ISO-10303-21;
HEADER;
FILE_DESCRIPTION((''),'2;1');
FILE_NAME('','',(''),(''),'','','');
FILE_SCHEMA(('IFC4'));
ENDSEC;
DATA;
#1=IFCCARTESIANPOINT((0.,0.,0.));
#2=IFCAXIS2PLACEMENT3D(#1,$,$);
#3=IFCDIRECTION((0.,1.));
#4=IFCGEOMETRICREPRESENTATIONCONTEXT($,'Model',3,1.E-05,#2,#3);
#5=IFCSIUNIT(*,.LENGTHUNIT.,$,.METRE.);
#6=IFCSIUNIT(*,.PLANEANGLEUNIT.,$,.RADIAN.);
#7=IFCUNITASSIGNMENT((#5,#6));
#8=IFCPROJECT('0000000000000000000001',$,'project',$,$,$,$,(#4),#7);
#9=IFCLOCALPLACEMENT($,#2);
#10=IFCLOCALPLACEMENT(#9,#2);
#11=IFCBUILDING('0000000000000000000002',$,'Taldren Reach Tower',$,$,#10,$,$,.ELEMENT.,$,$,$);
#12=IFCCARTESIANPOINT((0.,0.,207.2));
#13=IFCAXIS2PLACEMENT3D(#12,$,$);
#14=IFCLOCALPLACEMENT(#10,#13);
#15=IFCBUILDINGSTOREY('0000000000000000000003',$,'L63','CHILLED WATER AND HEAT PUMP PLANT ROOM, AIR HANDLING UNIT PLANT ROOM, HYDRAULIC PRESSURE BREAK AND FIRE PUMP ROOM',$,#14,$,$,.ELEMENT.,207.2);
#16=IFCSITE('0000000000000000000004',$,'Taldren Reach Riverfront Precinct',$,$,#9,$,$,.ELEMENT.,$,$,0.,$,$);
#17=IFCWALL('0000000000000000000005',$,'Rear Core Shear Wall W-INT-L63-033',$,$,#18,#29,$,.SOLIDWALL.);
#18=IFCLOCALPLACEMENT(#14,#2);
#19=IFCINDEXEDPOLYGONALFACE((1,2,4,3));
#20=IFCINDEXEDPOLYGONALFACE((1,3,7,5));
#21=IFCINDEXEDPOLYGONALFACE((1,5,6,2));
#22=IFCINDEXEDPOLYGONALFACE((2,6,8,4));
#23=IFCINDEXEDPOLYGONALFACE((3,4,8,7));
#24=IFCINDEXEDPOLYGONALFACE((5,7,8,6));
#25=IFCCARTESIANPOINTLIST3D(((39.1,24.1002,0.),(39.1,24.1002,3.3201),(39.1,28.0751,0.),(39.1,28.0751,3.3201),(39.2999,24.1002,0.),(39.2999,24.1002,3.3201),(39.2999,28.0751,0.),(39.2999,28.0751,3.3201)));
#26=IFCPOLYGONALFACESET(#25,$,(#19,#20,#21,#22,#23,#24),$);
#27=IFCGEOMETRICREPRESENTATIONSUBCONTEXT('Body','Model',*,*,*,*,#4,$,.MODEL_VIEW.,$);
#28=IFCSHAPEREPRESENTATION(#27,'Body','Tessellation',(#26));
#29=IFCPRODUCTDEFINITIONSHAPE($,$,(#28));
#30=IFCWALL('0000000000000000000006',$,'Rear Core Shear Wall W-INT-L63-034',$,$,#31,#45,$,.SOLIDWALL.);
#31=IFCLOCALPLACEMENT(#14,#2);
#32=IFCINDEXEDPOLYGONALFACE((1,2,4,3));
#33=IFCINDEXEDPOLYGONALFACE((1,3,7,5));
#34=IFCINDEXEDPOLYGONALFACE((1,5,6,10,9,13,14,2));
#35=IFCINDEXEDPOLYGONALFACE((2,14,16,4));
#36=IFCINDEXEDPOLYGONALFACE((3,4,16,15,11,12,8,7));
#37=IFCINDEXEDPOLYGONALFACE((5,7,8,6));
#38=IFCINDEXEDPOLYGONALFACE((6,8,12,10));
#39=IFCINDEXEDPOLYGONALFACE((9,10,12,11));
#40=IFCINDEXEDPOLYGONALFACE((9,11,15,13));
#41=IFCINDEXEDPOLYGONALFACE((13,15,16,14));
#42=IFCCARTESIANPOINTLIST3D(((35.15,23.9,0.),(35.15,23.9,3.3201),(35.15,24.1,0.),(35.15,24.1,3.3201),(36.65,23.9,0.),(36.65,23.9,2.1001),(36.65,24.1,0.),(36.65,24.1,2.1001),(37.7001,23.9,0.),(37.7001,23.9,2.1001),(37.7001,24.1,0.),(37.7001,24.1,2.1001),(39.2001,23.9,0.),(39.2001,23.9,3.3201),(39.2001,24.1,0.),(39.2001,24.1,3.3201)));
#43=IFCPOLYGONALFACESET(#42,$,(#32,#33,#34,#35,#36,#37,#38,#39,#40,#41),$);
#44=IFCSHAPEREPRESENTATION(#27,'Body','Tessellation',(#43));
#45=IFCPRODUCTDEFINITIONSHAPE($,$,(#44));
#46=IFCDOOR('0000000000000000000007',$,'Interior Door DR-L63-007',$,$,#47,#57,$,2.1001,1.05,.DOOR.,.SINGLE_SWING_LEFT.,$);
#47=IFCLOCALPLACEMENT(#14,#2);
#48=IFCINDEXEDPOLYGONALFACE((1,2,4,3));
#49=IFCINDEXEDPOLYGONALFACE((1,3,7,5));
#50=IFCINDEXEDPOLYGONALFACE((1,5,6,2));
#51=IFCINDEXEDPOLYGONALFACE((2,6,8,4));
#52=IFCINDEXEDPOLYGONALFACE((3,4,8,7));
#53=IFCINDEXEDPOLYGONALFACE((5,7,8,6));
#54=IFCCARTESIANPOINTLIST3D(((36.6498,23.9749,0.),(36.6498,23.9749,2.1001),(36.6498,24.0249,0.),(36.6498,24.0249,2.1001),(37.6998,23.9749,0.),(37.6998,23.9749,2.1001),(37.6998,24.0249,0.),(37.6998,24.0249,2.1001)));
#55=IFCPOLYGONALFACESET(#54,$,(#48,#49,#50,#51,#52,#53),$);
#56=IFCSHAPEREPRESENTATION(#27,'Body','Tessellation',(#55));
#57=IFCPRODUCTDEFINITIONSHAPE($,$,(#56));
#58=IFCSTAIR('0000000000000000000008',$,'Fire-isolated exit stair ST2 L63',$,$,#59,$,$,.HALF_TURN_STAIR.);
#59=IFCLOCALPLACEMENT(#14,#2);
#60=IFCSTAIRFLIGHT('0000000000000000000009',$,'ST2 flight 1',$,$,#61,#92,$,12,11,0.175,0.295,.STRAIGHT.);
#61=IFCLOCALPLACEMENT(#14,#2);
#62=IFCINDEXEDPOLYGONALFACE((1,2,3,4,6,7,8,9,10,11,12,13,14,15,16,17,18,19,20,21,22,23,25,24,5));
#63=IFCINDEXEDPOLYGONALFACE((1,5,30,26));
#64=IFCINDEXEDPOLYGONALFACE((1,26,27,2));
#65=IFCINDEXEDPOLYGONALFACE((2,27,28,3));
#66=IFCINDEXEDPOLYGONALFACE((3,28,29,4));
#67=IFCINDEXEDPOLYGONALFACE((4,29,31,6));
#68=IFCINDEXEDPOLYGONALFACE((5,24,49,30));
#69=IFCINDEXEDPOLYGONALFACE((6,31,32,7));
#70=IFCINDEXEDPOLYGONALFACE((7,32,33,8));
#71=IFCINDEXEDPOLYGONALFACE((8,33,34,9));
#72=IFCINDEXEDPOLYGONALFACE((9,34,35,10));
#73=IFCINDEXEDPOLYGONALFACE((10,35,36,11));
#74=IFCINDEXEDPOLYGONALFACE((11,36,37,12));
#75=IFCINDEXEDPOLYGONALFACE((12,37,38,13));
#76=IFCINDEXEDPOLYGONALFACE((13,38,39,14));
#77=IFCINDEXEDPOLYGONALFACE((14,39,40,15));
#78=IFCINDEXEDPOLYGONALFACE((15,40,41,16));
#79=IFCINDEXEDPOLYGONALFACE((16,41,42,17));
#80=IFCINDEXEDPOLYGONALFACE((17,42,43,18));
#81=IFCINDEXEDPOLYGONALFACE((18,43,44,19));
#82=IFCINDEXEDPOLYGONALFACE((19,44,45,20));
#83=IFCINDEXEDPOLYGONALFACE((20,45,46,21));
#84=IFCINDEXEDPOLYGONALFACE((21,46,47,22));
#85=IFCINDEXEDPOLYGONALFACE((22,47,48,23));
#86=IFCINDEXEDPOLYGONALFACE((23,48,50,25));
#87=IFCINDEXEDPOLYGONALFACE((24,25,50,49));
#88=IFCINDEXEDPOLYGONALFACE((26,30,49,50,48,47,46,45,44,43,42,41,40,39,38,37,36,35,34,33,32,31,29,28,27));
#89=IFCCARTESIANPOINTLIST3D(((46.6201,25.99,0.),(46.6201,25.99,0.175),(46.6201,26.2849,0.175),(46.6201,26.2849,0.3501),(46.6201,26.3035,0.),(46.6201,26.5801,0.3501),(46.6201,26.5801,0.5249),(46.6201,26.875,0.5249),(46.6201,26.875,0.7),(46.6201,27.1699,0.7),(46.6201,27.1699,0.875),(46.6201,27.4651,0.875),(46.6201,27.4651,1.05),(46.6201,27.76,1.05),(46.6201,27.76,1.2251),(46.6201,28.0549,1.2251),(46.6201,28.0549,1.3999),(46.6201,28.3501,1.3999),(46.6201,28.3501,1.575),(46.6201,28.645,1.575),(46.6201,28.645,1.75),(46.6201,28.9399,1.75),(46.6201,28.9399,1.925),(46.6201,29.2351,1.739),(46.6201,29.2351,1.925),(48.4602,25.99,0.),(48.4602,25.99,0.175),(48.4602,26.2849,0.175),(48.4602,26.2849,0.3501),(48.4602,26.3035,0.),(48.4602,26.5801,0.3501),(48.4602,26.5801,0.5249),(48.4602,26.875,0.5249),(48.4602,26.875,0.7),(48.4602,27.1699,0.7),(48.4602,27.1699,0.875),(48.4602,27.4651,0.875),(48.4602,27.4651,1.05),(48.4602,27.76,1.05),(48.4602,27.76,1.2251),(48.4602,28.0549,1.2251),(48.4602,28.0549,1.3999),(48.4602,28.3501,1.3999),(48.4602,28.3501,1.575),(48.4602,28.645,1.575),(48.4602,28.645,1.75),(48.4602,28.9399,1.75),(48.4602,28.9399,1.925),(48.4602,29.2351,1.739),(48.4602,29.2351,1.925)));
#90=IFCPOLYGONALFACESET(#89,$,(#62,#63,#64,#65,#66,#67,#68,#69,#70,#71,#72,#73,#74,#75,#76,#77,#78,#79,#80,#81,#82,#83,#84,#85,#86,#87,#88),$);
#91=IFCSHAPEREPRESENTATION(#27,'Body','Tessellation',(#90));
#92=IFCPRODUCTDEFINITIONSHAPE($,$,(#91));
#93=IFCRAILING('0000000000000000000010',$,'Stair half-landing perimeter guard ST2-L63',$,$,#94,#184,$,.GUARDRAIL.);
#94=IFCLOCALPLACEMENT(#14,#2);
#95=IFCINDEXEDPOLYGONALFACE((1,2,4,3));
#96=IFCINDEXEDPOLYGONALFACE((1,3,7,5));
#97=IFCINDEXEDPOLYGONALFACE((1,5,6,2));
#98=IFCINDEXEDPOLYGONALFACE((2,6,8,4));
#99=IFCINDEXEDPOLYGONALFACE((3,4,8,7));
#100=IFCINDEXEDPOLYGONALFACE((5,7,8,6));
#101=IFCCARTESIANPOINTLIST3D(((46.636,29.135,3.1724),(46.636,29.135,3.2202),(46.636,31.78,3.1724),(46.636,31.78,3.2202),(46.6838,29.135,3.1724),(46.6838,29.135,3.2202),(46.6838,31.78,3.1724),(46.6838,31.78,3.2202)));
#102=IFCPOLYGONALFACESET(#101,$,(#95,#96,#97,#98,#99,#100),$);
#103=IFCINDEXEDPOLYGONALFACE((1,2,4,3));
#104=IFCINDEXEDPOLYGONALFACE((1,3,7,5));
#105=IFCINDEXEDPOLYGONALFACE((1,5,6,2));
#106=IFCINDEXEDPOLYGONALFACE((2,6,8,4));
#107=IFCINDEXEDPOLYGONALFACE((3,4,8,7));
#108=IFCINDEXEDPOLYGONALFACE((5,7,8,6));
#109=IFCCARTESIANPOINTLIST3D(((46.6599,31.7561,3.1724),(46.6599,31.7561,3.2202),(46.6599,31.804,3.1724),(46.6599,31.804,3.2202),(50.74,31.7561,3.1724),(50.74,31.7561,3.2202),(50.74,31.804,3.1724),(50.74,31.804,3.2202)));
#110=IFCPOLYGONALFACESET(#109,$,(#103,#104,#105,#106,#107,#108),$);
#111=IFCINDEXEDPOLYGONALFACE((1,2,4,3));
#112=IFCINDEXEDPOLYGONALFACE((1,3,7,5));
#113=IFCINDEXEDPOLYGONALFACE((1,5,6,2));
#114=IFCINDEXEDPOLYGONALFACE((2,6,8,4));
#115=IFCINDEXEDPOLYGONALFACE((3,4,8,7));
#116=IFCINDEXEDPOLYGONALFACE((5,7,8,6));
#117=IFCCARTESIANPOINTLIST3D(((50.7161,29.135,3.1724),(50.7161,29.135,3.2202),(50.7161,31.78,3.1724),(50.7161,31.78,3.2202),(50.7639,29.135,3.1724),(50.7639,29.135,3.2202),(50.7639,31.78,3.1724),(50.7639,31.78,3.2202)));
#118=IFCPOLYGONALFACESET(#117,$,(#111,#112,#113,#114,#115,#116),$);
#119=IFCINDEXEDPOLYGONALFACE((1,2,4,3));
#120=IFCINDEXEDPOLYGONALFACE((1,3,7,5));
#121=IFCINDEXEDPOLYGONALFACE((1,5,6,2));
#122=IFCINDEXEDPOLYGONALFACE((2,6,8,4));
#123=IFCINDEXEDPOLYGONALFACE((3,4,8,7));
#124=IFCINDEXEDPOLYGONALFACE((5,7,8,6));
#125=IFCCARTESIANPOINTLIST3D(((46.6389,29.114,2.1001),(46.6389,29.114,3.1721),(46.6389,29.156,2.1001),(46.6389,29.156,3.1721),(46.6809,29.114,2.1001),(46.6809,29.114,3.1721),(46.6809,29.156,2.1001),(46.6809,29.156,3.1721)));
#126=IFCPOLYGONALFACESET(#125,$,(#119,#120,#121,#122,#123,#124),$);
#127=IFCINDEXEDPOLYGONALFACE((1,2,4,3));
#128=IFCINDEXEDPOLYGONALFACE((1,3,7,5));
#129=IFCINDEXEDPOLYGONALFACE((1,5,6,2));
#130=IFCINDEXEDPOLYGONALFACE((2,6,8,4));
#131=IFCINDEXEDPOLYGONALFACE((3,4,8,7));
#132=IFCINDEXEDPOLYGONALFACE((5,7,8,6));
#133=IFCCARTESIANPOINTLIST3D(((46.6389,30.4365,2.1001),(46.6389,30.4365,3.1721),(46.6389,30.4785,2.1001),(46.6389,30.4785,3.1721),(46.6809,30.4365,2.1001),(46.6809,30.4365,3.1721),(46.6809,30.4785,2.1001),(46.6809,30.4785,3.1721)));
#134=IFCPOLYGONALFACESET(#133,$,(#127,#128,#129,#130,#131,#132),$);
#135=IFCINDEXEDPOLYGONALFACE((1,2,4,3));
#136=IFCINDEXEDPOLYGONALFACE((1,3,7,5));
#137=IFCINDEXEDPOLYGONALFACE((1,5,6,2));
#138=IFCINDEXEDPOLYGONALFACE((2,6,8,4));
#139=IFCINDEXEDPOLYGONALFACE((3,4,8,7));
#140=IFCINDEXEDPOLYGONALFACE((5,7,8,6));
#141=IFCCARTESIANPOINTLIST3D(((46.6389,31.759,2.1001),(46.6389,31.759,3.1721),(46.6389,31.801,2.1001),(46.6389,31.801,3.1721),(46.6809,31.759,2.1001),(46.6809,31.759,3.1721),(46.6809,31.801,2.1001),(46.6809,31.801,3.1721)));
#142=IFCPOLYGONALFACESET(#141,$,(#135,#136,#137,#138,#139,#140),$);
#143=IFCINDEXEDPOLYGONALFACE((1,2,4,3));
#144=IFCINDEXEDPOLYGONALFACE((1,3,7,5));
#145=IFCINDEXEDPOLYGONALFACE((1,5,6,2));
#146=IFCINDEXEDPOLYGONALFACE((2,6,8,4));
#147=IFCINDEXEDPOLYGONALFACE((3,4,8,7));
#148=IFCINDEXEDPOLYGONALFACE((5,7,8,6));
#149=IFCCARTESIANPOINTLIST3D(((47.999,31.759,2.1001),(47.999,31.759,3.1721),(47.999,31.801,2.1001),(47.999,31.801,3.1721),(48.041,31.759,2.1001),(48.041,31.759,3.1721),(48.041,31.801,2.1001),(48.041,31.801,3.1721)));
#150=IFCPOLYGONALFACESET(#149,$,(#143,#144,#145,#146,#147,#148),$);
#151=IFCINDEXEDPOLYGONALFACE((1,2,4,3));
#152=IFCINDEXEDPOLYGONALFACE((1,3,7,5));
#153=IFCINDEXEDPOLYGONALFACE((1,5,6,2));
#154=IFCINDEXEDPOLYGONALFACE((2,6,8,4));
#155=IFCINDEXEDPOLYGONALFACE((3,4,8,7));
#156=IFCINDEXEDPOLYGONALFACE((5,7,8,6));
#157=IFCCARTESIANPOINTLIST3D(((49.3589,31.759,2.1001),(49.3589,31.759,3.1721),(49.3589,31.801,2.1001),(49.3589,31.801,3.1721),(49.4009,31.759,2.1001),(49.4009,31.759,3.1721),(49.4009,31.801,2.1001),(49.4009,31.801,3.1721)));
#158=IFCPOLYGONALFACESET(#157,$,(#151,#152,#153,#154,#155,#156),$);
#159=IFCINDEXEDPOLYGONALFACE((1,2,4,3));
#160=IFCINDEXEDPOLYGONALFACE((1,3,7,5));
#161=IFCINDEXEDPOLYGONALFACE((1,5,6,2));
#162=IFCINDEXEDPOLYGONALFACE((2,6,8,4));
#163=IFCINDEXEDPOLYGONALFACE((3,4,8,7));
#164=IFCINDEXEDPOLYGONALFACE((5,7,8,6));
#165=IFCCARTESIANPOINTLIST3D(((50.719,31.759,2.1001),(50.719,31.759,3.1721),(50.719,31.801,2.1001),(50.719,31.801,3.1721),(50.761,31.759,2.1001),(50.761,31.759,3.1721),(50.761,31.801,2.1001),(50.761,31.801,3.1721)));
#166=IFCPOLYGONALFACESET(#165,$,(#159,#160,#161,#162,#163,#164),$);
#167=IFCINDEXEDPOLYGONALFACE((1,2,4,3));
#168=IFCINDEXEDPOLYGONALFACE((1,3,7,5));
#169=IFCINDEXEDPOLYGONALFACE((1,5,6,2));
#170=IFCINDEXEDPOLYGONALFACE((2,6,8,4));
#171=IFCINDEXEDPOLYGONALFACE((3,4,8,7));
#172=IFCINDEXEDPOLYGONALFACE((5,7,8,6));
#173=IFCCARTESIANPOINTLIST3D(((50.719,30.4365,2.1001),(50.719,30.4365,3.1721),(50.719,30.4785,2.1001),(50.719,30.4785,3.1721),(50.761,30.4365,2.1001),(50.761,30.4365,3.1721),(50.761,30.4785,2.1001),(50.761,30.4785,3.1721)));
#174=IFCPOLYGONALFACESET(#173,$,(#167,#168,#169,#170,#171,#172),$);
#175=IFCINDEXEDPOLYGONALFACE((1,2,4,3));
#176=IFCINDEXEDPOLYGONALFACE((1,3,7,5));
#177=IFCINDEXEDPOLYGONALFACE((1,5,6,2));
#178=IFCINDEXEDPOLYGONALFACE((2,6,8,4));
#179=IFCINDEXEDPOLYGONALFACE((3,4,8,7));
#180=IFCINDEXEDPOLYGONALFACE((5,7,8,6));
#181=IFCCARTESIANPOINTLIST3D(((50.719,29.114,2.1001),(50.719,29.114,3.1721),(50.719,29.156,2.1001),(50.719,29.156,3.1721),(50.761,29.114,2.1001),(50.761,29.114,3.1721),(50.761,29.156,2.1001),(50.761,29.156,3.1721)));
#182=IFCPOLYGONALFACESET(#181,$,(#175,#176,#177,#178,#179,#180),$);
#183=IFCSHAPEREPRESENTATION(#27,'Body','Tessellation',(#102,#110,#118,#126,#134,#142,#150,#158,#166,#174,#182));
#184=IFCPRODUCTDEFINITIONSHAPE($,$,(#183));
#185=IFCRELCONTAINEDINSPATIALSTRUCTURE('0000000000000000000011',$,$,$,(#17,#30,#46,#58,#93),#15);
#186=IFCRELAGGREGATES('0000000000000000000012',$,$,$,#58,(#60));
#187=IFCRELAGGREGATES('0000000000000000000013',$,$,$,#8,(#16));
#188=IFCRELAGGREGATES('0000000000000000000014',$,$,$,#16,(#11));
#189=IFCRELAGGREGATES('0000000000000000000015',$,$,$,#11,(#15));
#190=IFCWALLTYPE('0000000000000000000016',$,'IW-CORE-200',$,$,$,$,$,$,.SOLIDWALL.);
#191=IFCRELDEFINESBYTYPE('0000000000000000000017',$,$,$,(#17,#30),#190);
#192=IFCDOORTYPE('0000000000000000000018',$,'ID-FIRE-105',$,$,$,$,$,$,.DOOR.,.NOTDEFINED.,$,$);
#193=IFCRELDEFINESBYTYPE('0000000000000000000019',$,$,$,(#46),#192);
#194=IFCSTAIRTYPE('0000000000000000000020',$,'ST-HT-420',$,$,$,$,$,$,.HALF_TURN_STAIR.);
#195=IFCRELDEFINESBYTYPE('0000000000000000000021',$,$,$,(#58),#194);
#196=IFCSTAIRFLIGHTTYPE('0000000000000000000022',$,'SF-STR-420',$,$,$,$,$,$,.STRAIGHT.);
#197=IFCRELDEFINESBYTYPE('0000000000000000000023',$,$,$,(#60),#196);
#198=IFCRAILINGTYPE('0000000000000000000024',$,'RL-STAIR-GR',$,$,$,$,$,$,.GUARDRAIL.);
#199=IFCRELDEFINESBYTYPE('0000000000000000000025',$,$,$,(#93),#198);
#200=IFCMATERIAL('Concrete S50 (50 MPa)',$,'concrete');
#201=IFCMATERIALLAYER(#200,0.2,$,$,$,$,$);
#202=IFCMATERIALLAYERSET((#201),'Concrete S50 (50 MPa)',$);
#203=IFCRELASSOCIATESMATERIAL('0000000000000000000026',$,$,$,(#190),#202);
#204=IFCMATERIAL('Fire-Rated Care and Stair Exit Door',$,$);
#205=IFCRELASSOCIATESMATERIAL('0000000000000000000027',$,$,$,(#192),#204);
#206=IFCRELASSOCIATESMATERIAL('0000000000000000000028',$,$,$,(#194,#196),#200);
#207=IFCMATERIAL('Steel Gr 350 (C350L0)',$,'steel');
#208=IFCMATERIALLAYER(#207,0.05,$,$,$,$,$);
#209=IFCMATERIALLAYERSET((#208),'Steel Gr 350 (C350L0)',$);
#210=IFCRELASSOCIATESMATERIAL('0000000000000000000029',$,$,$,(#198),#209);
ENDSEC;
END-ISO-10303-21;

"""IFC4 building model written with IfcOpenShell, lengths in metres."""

from ifc_helpers import new_model, si_unit, direction, frame, frame_2d, origin, origin_2d, place, context, subcontext, project, spatial, polyline, rectangle, outline, extrude, source, transform, mapped, material, layer, layer_set, type_object, element, fill, aggregate, save


model = new_model("IFC4")

# Units and contexts
model_context = context("Model", 3, precision=1e-05, world=origin(), true_north=direction((0.0, 1.0)))
body_context = subcontext(model_context, "Body", "Model", "MODEL_VIEW")
ifc_project = project(units=[si_unit("LENGTHUNIT", "METRE"), si_unit("PLANEANGLEUNIT", "RADIAN")], contexts=[model_context])

# Site, building, storey
site_placement = place(None, origin())
site = spatial("IfcSite", under=ifc_project, at=site_placement, Name="Taldren Reach Riverfront Precinct", CompositionType="ELEMENT", RefElevation=0.0)
building_placement = place(site_placement, origin())
building = spatial("IfcBuilding", under=site, at=building_placement, Name="Taldren Reach Tower", CompositionType="ELEMENT")
storey_placement = place(building_placement, frame((0.0, 0.0, 207.2)))
storey = spatial("IfcBuildingStorey", under=building, at=storey_placement, Name="L63", Description="CHILLED WATER AND HEAT PUMP PLANT ROOM, AIR HANDLING UNIT PLANT ROOM, HYDRAULIC PRESSURE BREAK AND FIRE PUMP ROOM", CompositionType="ELEMENT", Elevation=207.2)

# Shared definitions
ifc_material_1 = material(Name="Steel Gr 350 (C350L0)", Category="steel")

# Shared definitions
ifc_material_2 = material(Name="Concrete S50 (50 MPa)", Category="concrete")
ifc_layer_1 = layer(ifc_material_2, 0.2)
ifc_layer_set_1 = layer_set([ifc_layer_1], Name="Concrete S50 (50 MPa)")
wall_type_1 = type_object("IfcWallType", Name="IW-CORE-200", PredefinedType="SOLIDWALL", material=ifc_layer_set_1)
shared_shape_1 = source(origin(), body_context, "Body", "SweptSolid", [
    extrude(rectangle(XDim=1.05, YDim=2.1001, at=frame_2d((0.5249, 1.05))), frame((0.0, 0.1099, 0.0), z_axis=(0.0, -1.0, 0.0), x_axis=(1.0, 0.0, 0.0)), (0.0, 0.0, 1.0), 0.22),
])
ifc_material_3 = material(Name="Fire-Rated Care and Stair Exit Door")
door_type_1 = type_object("IfcDoorType", Name="ID-FIRE-105", OperationType="NOTDEFINED", PredefinedType="DOOR", material=ifc_material_3)
shared_shape_2 = source(origin(), body_context, "Body", "SweptSolid", [
    extrude(rectangle(XDim=1.05, YDim=2.1001, at=frame_2d((0.5249, 1.05))), frame((0.0, 0.0249, 0.0), z_axis=(0.0, -1.0, 0.0), x_axis=(1.0, 0.0, 0.0)), (0.0, 0.0, 1.0), 0.05),
])

# Wall
shared_shape_3 = source(origin(), body_context, "Body", "SweptSolid", [
    extrude(rectangle(XDim=3.9749, YDim=0.2, at=frame_2d((1.9873, 0.0))), origin(), (0.0, 0.0, 1.0), 3.3201),
])
wall_1_placement = place(storey_placement, frame((39.2, 28.075, 0.0), z_axis=(0.0, 0.0, 1.0), x_axis=(0.0, -1.0, 0.0)))
element("IfcWall", 1, at=wall_1_placement, inside=storey, type_object=wall_type_1, Name="Rear Core Shear Wall W-INT-L63-033", PredefinedType="SOLIDWALL", context=body_context, shape_type="MappedRepresentation", body=[
    mapped(shared_shape_3, transform((0.0, 0.0, 0.0), scale=1.0)),
])

# Wall, opening, door
shared_shape_4 = source(origin(), body_context, "Body", "SweptSolid", [
    extrude(rectangle(XDim=4.05, YDim=0.2, at=frame_2d((2.0249, 0.0))), origin(), (0.0, 0.0, 1.0), 3.3201),
])
wall_2_placement = place(storey_placement, frame((39.2, 24.0, 0.0), z_axis=(0.0, 0.0, 1.0), x_axis=(-1.0, 0.0, 0.0)))
wall_2 = element("IfcWall", 2, at=wall_2_placement, inside=storey, type_object=wall_type_1, Name="Rear Core Shear Wall W-INT-L63-034", PredefinedType="SOLIDWALL", context=body_context, shape_type="MappedRepresentation", body=[
    mapped(shared_shape_4, transform((0.0, 0.0, 0.0), scale=1.0)),
])
opening_1_placement = place(wall_2_placement, frame((1.5, 0.0, 0.0)))
opening_1 = element("IfcOpeningElement", 3, at=opening_1_placement, cuts=wall_2, PredefinedType="OPENING", context=body_context, shape_type="MappedRepresentation", body=[
    mapped(shared_shape_1, transform((0.0, 0.0, 0.0), scale=1.0)),
])
door_1_placement = place(opening_1_placement, frame((1.05, 0.0, 0.0), z_axis=(0.0, 0.0, 1.0), x_axis=(-1.0, 0.0, 0.0)))
door_1 = element("IfcDoor", 4, at=door_1_placement, inside=storey, type_object=door_type_1, Name="Interior Door DR-L63-007", OperationType="SINGLE_SWING_LEFT", OverallHeight=2.1001, OverallWidth=1.05, PredefinedType="DOOR", context=body_context, shape_type="MappedRepresentation", body=[
    mapped(shared_shape_2, transform((0.0, 0.0, 0.0), scale=1.0)),
])
fill(opening_1, door_1)

# Stair, stair flight
stair_type = type_object("IfcStairType", Name="ST-HT-420", PredefinedType="HALF_TURN_STAIR", material=ifc_material_2)
stair_placement = place(storey_placement, origin())
stair = element("IfcStair", 5, at=stair_placement, inside=storey, type_object=stair_type, Name="Fire-isolated exit stair ST2 L63", PredefinedType="HALF_TURN_STAIR")
stair_flight_type = type_object("IfcStairFlightType", Name="SF-STR-420", PredefinedType="STRAIGHT", material=ifc_material_2)
stair_flight_placement = place(storey_placement, frame((47.54, 25.99, 0.0), z_axis=(0.0, 0.0, 1.0), x_axis=(0.0, 1.0, 0.0)))
stair_flight = element("IfcStairFlight", 6, at=stair_flight_placement, type_object=stair_flight_type, Name="ST2 flight 1", NumberOfRisers=12, NumberOfTreads=11, PredefinedType="STRAIGHT", RiserHeight=0.175, TreadLength=0.295, context=body_context, shape_type="SweptSolid", body=[
    extrude(outline(polyline([(0.0, 0.0), (0.0, 0.175), (0.2949, 0.175), (0.2949, 0.3501), (0.5901, 0.3501), (0.5901, 0.5249), (0.885, 0.5249), (0.885, 0.7), (1.1799, 0.7), (1.1799, 0.875), (1.4751, 0.875), (1.4751, 1.05), (1.77, 1.05), (1.77, 1.2251), (2.0649, 1.2251), (2.0649, 1.3999), (2.3601, 1.3999), (2.3601, 1.575), (2.655, 1.575), (2.655, 1.75), (2.95, 1.75), (2.95, 1.925), (3.2451, 1.925), (3.2451, 2.1001), (3.2451, 1.739), (0.3135, 0.0), (0.0, 0.0)])), frame((0.0, 0.9199, 0.0), z_axis=(0.0, -1.0, 0.0), x_axis=(1.0, 0.0, 0.0)), (0.0, 0.0, 1.0), 1.8401),
])
aggregate(stair, [stair_flight])

# Railing
ifc_layer_2 = layer(ifc_material_1, 0.05)
ifc_layer_set_2 = layer_set([ifc_layer_2], Name="Steel Gr 350 (C350L0)")
railing_type_1 = type_object("IfcRailingType", Name="RL-STAIR-GR", PredefinedType="GUARDRAIL", material=ifc_layer_set_2)
railing_1_placement = place(storey_placement, frame((46.6599, 29.135, 2.1001)))
element("IfcRailing", 7, at=railing_1_placement, inside=storey, type_object=railing_type_1, Name="Stair half-landing perimeter guard ST2-L63", PredefinedType="GUARDRAIL", context=body_context, shape_type="SweptSolid", body=[
    extrude(rectangle(XDim=0.0479, YDim=0.0479, at=origin_2d()), frame((0.0, 0.0, 1.0962), z_axis=(0.0, 1.0, 0.0), x_axis=(-1.0, 0.0, 0.0)), (0.0, 0.0, 1.0), 2.645),
    extrude(rectangle(XDim=0.0479, YDim=0.0479, at=origin_2d()), frame((0.0, 2.645, 1.0962), z_axis=(1.0, 0.0, 0.0), x_axis=(0.0, 1.0, 0.0)), (0.0, 0.0, 1.0), 4.0801),
    extrude(rectangle(XDim=0.0479, YDim=0.0479, at=origin_2d()), frame((4.0801, 2.645, 1.0962), z_axis=(0.0, -1.0, 0.0), x_axis=(1.0, 0.0, 0.0)), (0.0, 0.0, 1.0), 2.645),
    extrude(rectangle(XDim=0.042, YDim=0.042, at=origin_2d()), origin(), (0.0, 0.0, 1.0), 1.072),
    extrude(rectangle(XDim=0.042, YDim=0.042, at=origin_2d()), frame((0.0, 1.3225, 0.0)), (0.0, 0.0, 1.0), 1.072),
    extrude(rectangle(XDim=0.042, YDim=0.042, at=origin_2d()), frame((0.0, 2.645, 0.0)), (0.0, 0.0, 1.0), 1.072),
    extrude(rectangle(XDim=0.042, YDim=0.042, at=origin_2d()), frame((1.3601, 2.645, 0.0)), (0.0, 0.0, 1.0), 1.072),
    extrude(rectangle(XDim=0.042, YDim=0.042, at=origin_2d()), frame((2.72, 2.645, 0.0)), (0.0, 0.0, 1.0), 1.072),
    extrude(rectangle(XDim=0.042, YDim=0.042, at=origin_2d()), frame((4.0801, 2.645, 0.0)), (0.0, 0.0, 1.0), 1.072),
    extrude(rectangle(XDim=0.042, YDim=0.042, at=origin_2d()), frame((4.0801, 1.3225, 0.0)), (0.0, 0.0, 1.0), 1.072),
    extrude(rectangle(XDim=0.042, YDim=0.042, at=origin_2d()), frame((4.0801, 0.0, 0.0)), (0.0, 0.0, 1.0), 1.072),
])

save(model, "model.ifc")
